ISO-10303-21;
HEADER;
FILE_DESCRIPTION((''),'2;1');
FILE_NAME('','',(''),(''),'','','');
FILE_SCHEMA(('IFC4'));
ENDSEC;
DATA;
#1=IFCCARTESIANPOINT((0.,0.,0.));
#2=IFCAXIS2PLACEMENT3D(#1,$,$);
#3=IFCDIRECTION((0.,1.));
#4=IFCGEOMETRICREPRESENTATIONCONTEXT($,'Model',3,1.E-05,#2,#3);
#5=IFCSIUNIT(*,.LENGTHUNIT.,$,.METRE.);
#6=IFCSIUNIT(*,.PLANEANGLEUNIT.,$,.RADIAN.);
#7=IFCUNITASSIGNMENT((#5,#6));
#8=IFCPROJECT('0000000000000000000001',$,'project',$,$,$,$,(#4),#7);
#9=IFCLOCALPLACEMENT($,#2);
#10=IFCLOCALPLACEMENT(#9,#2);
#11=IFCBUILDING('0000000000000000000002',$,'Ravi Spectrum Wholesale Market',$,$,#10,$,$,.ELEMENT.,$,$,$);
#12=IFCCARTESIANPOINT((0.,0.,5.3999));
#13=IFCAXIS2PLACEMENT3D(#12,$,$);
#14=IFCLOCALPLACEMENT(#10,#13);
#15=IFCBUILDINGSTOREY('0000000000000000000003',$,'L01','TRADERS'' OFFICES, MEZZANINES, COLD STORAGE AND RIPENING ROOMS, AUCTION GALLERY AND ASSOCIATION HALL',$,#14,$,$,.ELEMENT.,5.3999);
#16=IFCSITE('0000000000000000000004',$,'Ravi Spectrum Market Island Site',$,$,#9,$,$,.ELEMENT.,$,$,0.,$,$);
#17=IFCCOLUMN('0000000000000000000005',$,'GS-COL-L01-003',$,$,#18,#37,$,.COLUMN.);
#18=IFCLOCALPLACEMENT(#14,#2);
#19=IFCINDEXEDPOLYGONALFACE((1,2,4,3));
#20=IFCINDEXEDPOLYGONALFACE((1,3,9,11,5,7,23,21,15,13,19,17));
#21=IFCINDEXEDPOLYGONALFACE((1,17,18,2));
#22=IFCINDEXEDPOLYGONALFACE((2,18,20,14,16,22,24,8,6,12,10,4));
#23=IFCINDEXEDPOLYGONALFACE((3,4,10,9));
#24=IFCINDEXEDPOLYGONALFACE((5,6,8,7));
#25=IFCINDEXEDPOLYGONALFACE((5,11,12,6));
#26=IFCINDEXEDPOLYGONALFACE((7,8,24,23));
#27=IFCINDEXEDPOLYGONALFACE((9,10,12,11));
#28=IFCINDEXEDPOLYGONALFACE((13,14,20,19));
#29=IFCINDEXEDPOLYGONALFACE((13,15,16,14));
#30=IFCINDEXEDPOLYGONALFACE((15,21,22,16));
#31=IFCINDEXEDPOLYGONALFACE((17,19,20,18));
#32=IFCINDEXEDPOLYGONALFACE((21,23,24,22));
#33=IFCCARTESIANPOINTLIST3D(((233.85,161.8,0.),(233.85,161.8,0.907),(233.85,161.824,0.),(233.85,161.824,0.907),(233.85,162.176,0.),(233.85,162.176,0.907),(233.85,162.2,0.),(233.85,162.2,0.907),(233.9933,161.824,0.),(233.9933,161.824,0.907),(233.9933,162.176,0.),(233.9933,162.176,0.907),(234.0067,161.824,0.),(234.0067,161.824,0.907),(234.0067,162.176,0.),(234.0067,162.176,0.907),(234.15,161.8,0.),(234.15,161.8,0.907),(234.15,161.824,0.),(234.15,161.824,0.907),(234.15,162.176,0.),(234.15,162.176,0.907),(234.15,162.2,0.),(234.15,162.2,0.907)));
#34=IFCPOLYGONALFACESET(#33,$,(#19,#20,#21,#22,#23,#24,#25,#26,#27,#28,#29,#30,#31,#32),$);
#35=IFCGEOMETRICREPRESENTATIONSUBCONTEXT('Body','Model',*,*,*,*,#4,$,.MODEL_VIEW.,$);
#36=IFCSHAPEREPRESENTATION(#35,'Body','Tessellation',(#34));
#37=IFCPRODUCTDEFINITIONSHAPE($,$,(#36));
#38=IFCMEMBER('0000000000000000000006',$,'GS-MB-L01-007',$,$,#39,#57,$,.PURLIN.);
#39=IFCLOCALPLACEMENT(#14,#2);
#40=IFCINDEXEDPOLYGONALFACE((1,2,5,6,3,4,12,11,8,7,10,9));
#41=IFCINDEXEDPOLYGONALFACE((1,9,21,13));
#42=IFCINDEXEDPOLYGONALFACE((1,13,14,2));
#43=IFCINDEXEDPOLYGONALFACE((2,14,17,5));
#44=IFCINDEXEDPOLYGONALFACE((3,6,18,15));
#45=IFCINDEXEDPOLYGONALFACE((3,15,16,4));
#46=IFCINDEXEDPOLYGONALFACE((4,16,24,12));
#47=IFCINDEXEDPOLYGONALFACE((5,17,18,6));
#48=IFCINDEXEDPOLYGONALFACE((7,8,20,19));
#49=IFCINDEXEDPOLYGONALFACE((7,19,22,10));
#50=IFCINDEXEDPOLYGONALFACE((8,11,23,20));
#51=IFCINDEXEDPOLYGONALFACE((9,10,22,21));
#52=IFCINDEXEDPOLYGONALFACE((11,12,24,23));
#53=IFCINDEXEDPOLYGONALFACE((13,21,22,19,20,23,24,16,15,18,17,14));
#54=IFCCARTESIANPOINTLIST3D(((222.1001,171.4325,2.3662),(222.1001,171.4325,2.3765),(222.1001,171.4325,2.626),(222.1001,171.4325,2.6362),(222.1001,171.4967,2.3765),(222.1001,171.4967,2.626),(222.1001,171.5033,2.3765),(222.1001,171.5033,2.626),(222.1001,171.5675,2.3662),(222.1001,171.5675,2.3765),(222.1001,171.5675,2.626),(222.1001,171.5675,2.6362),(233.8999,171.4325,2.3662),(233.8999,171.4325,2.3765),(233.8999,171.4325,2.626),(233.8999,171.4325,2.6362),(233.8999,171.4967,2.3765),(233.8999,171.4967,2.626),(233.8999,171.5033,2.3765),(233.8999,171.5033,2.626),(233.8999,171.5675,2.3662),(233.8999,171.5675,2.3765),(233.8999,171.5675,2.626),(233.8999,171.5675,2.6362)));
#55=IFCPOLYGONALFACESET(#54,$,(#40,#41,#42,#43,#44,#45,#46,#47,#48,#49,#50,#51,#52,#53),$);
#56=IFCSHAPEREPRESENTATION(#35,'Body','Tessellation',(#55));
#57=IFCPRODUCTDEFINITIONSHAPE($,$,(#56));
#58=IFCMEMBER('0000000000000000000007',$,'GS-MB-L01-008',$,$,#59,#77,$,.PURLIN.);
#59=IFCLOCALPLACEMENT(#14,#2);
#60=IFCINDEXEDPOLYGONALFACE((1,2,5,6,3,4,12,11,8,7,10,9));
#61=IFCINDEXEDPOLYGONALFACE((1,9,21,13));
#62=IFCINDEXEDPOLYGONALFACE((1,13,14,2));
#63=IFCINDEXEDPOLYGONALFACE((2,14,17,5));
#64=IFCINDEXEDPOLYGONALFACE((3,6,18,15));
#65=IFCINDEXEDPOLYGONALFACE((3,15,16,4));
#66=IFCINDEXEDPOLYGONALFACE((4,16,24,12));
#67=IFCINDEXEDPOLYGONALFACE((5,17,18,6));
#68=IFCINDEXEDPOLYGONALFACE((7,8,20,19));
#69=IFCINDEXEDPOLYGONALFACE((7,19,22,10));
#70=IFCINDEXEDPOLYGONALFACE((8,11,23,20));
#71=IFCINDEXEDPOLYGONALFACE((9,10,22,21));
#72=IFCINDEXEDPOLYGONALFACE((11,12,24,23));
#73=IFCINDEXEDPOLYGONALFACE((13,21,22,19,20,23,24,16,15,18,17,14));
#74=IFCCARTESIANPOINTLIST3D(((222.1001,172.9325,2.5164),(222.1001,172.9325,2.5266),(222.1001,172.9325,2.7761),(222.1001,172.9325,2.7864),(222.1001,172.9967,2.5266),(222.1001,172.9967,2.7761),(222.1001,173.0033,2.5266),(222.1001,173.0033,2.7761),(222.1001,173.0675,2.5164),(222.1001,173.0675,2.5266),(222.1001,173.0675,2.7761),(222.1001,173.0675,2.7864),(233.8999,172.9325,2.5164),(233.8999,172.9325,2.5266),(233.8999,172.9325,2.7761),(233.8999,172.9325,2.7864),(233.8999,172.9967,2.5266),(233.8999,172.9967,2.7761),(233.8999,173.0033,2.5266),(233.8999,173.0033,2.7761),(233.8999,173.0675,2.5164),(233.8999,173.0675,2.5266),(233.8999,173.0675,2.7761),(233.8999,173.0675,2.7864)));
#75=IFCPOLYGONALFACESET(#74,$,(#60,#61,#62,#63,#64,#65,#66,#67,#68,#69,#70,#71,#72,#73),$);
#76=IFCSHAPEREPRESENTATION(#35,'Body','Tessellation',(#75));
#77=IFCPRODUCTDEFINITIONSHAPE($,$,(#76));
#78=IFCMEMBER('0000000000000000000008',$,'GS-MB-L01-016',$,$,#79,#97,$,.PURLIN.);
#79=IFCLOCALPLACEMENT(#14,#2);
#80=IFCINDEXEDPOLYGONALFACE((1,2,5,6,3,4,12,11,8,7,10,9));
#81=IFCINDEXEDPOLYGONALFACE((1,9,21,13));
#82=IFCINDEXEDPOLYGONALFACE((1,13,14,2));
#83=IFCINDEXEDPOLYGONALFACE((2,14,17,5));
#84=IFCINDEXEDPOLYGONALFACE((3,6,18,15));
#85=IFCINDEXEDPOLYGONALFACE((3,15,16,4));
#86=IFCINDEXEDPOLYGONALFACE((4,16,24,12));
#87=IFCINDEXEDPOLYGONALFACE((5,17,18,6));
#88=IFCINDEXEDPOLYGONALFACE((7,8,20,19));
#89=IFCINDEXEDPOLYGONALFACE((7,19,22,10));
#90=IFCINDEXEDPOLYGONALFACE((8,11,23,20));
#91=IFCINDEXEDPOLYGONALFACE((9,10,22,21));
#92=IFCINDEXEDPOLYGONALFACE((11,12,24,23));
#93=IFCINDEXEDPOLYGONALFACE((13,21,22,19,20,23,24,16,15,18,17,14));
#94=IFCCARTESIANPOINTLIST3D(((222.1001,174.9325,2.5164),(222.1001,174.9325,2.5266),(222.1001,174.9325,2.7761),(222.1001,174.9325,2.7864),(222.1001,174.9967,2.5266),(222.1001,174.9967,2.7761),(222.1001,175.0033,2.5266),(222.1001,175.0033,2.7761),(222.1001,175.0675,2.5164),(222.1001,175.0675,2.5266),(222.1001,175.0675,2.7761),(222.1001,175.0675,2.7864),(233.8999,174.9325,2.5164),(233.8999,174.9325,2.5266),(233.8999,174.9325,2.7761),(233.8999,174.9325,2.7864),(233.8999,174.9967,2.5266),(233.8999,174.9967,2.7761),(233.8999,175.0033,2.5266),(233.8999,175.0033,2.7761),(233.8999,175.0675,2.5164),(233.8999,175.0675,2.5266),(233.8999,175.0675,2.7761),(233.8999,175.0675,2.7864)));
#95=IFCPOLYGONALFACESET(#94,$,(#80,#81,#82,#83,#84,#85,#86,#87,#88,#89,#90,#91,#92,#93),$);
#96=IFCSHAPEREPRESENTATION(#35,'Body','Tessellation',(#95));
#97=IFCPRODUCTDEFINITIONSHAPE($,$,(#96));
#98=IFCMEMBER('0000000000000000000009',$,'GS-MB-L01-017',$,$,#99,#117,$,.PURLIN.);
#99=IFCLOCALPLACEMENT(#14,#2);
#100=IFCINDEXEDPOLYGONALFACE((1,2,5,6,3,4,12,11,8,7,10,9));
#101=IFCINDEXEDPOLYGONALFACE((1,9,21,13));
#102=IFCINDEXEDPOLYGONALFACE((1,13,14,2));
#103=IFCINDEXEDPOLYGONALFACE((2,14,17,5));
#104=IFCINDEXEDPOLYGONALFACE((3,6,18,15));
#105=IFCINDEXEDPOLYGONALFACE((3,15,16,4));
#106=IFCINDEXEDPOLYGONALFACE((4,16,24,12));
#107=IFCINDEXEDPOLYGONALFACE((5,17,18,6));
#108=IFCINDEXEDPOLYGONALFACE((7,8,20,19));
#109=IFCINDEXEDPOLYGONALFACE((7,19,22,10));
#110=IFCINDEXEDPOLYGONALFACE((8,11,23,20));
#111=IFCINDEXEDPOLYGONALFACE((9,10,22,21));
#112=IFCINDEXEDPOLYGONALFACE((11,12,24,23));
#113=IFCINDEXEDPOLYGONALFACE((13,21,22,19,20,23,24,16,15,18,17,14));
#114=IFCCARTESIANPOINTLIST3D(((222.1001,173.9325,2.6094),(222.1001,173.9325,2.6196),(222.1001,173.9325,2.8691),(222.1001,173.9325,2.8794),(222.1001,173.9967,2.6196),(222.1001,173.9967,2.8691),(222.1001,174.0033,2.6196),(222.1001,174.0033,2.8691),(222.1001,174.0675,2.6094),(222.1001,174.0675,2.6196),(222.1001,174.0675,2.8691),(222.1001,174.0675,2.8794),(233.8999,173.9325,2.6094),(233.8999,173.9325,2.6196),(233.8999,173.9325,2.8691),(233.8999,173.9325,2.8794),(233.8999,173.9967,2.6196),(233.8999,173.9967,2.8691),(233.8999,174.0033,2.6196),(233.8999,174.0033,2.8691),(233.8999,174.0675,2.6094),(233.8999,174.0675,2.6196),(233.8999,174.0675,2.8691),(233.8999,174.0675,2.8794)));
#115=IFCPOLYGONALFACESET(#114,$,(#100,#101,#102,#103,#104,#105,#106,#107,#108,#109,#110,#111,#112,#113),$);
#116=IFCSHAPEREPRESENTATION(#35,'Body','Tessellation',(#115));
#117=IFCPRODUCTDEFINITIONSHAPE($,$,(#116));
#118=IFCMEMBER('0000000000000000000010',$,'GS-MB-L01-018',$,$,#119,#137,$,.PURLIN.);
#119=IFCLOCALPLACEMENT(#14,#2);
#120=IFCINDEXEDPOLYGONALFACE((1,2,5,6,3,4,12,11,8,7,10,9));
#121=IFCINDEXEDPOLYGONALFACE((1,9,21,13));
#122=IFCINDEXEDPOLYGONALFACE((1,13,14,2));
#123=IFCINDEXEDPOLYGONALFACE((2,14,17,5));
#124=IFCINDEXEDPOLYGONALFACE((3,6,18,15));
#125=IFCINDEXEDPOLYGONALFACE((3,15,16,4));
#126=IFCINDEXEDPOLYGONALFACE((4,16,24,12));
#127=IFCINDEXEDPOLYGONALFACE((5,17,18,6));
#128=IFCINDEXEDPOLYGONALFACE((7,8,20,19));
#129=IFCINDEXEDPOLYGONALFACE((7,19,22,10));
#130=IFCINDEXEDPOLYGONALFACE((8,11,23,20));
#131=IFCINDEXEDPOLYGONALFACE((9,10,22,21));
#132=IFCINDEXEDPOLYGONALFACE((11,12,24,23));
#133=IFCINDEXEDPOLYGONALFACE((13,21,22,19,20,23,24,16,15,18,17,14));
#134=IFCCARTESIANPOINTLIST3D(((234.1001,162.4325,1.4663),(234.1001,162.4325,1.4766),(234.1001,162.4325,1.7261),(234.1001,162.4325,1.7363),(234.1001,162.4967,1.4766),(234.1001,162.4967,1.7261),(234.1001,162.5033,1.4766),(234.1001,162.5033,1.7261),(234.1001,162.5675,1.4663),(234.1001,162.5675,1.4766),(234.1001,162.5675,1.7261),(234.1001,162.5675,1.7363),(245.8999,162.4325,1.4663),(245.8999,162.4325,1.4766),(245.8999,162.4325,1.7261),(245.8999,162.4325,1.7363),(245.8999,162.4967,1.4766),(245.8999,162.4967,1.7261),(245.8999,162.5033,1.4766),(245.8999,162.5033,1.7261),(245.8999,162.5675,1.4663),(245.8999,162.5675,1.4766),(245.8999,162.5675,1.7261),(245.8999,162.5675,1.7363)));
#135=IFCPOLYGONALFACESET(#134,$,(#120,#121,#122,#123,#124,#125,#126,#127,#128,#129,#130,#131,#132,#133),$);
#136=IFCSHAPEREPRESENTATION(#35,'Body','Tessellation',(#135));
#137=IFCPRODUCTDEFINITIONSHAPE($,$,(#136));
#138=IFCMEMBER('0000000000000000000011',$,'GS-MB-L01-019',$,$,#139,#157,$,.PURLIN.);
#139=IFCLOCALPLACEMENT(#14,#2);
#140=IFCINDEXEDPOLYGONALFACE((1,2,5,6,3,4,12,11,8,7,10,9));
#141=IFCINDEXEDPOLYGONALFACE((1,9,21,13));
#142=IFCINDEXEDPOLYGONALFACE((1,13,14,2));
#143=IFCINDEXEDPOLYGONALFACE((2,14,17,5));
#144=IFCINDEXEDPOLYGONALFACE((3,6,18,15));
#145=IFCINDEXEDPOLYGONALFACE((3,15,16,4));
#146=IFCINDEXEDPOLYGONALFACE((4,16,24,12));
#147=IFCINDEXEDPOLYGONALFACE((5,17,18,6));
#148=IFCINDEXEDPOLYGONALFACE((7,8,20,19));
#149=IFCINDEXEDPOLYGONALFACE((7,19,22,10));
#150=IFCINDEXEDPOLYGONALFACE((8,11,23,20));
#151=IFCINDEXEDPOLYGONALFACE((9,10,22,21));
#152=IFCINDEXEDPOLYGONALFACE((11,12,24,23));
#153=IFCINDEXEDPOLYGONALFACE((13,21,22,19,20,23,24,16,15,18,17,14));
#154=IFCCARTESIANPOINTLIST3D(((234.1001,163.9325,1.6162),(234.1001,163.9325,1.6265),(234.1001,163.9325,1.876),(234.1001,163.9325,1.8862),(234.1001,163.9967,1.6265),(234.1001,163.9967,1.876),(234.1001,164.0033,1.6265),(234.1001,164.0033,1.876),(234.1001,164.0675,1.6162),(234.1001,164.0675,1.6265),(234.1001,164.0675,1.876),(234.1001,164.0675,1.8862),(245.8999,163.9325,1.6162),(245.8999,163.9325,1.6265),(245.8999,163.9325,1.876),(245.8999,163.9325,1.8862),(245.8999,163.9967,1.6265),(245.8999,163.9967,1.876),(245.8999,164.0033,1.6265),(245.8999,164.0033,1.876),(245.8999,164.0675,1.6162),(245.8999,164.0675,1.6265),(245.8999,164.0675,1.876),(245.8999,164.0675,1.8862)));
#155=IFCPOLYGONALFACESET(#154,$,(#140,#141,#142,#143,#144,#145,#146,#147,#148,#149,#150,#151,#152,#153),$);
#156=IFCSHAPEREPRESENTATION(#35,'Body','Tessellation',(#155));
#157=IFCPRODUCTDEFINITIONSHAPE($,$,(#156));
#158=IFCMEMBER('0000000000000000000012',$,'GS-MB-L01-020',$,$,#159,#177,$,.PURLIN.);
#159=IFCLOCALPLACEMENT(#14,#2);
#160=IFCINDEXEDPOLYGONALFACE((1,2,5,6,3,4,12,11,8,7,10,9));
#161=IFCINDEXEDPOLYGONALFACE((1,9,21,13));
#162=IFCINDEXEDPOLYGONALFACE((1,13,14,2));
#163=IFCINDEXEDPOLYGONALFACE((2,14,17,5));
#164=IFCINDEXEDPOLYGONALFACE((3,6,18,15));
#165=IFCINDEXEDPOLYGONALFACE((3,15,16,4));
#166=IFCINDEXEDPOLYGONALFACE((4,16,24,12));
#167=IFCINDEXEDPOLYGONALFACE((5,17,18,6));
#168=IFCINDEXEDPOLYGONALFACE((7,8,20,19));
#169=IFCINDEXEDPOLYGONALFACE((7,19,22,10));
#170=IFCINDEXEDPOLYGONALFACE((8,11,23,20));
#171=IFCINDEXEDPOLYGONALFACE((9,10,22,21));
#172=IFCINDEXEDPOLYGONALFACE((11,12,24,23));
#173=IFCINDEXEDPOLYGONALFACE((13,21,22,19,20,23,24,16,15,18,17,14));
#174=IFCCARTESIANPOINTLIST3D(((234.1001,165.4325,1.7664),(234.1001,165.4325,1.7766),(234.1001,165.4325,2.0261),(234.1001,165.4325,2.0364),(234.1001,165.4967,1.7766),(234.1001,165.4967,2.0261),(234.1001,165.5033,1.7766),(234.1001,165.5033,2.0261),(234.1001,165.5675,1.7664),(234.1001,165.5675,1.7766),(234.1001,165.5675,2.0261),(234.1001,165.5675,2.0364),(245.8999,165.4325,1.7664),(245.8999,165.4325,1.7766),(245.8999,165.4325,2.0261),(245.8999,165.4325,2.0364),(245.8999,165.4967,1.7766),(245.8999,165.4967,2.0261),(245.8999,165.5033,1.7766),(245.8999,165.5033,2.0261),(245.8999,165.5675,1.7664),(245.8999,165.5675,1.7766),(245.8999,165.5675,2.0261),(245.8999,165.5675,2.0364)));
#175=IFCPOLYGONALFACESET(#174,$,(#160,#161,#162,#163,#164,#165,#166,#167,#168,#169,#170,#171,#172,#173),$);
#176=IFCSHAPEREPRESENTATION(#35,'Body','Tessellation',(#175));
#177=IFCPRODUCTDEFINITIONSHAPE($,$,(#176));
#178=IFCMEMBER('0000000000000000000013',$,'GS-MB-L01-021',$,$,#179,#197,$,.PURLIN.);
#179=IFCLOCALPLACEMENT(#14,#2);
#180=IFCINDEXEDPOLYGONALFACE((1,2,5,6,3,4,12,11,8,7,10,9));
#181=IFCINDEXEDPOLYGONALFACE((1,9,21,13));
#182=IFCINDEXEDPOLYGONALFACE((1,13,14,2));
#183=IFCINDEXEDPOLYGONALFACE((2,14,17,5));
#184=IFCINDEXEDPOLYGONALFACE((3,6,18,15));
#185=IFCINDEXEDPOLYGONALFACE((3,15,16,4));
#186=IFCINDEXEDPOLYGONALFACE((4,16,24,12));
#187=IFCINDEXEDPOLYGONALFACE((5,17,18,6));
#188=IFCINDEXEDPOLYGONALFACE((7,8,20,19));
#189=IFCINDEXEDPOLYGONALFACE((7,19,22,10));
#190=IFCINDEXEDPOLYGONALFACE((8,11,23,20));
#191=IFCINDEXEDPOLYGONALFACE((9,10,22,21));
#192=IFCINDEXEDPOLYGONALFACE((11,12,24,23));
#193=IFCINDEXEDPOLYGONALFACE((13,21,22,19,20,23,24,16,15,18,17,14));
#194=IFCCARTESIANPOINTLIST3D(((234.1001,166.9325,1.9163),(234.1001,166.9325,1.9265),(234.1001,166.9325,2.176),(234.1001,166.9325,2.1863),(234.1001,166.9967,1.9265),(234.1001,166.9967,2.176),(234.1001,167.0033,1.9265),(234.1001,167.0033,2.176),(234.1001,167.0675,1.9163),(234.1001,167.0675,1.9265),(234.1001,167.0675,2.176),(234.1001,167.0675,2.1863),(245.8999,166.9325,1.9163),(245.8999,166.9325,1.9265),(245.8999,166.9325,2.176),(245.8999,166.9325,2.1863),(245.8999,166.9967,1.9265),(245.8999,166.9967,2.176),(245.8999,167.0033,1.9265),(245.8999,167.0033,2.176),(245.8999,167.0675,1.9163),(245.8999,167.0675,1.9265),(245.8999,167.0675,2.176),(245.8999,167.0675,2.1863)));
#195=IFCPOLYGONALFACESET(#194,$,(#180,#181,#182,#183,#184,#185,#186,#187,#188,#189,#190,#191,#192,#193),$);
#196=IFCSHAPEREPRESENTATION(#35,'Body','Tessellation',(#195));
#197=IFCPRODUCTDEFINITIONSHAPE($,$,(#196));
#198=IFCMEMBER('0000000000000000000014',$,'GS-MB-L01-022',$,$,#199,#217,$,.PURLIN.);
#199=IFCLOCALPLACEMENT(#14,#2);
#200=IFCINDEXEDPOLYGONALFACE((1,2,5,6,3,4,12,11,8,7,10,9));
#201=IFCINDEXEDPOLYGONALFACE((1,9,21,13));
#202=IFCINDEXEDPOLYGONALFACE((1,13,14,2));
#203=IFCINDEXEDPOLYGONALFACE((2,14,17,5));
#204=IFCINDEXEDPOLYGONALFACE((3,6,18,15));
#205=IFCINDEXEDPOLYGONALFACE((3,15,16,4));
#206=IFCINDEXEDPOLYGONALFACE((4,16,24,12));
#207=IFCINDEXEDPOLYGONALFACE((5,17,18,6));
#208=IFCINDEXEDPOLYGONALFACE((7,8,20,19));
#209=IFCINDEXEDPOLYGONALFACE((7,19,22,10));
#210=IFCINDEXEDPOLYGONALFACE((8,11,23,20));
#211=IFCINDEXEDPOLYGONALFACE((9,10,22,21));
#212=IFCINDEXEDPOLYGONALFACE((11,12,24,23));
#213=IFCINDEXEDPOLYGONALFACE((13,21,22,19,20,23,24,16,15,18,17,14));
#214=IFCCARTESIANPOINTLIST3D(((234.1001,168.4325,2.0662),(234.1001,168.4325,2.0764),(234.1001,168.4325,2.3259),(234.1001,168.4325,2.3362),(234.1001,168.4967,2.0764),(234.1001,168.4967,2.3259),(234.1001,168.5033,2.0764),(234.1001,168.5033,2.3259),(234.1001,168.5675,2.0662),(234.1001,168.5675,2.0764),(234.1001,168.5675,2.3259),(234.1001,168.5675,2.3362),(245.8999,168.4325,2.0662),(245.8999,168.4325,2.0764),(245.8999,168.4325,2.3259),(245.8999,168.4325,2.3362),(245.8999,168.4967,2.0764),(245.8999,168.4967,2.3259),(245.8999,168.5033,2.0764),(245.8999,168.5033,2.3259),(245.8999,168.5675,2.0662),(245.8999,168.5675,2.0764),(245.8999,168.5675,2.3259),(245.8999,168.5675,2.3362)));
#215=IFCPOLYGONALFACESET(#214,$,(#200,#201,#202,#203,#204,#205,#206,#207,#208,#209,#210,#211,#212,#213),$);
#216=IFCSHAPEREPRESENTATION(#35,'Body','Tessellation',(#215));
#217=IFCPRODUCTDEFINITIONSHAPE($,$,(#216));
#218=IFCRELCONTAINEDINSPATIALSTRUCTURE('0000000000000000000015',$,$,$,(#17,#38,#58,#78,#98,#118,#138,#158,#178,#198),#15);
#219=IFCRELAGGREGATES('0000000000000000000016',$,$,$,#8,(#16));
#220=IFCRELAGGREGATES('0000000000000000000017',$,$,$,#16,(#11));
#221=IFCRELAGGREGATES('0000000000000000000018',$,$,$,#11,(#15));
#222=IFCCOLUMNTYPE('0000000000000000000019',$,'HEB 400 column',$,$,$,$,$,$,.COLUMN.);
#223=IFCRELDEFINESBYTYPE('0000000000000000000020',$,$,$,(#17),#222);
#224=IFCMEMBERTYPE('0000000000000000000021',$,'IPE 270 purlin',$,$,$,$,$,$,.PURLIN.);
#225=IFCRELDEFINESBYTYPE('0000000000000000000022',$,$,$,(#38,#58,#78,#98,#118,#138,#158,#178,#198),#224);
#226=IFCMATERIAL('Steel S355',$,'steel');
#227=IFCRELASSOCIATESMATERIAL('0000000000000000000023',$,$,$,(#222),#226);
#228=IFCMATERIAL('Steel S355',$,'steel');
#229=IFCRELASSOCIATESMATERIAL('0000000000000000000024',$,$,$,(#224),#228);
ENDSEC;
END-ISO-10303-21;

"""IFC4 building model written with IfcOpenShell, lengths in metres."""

from ifc_helpers import new_model, si_unit, direction, frame, origin, origin_2d, place, context, subcontext, project, spatial, i_section, extrude, material, material_profile, profile_set, type_object, element, save


model = new_model("IFC4")

# Units and contexts
model_context = context("Model", 3, precision=1e-05, world=origin(), true_north=direction((0.0, 1.0)))
body_context = subcontext(model_context, "Body", "Model", "MODEL_VIEW")
ifc_project = project(units=[si_unit("LENGTHUNIT", "METRE"), si_unit("PLANEANGLEUNIT", "RADIAN")], contexts=[model_context])

# Site, building, storey
site_placement = place(None, origin())
site = spatial("IfcSite", under=ifc_project, at=site_placement, Name="Ravi Spectrum Market Island Site", CompositionType="ELEMENT", RefElevation=0.0)
building_placement = place(site_placement, origin())
building = spatial("IfcBuilding", under=site, at=building_placement, Name="Ravi Spectrum Wholesale Market", CompositionType="ELEMENT")
storey_placement = place(building_placement, frame((0.0, 0.0, 5.3999)))
storey = spatial("IfcBuildingStorey", under=building, at=storey_placement, Name="L01", Description="TRADERS' OFFICES, MEZZANINES, COLD STORAGE AND RIPENING ROOMS, AUCTION GALLERY AND ASSOCIATION HALL", CompositionType="ELEMENT", Elevation=5.3999)

# Column
ifc_material_1 = material(Name="Steel S355", Category="steel")
ifc_material_profile_1 = material_profile(ifc_material_1, i_section(OverallWidth=0.3, OverallDepth=0.3999, WebThickness=0.0134, FlangeThickness=0.0239, at=origin_2d()))
ifc_profile_set_1 = profile_set([ifc_material_profile_1], Name="Steel S355")
column_type = type_object("IfcColumnType", Name="HEB 400 column", PredefinedType="COLUMN", material=ifc_profile_set_1)
column_placement = place(storey_placement, frame((234.0, 162.0, 0.0), z_axis=(0.0, 0.0, 1.0), x_axis=(1.0, 0.0, 0.0)))
element("IfcColumn", 1, at=column_placement, inside=storey, type_object=column_type, Name="GS-COL-L01-003", PredefinedType="COLUMN", context=body_context, shape_type="SweptSolid", body=[
    extrude(i_section(OverallWidth=0.3, OverallDepth=0.3999, WebThickness=0.0134, FlangeThickness=0.0239, at=origin_2d()), origin(), (0.0, 0.0, 1.0), 0.907),
])

# Members
ifc_material_2 = material(Name="Steel S355", Category="steel")
ifc_material_profile_2 = material_profile(ifc_material_2, i_section(OverallWidth=0.135, OverallDepth=0.27, WebThickness=0.0066, FlangeThickness=0.0103, at=origin_2d()))
ifc_profile_set_2 = profile_set([ifc_material_profile_2], Name="Steel S355")
member_type = type_object("IfcMemberType", Name="IPE 270 purlin", PredefinedType="PURLIN", material=ifc_profile_set_2)
for number, where, z_axis, x_axis, name in (
    (2, (222.1001, 171.5, 2.5012), (1.0, 0.0, 0.0), (0.0, 1.0, 0.0), "GS-MB-L01-007"),
    (3, (222.1001, 173.0, 2.6514), (1.0, 0.0, 0.0), (0.0, 1.0, 0.0), "GS-MB-L01-008"),
    (4, (222.1001, 175.0, 2.6514), (1.0, 0.0, 0.0), (0.0, 1.0, 0.0), "GS-MB-L01-016"),
    (5, (222.1001, 174.0, 2.7444), (1.0, 0.0, 0.0), (0.0, 1.0, 0.0), "GS-MB-L01-017"),
    (6, (234.1001, 162.5, 1.6013), (1.0, 0.0, 0.0), (0.0, 1.0, 0.0), "GS-MB-L01-018"),
    (7, (234.1001, 164.0, 1.7512), (1.0, 0.0, 0.0), (0.0, 1.0, 0.0), "GS-MB-L01-019"),
    (8, (234.1001, 165.5, 1.9014), (1.0, 0.0, 0.0), (0.0, 1.0, 0.0), "GS-MB-L01-020"),
    (9, (234.1001, 167.0, 2.0513), (1.0, 0.0, 0.0), (0.0, 1.0, 0.0), "GS-MB-L01-021"),
    (10, (234.1001, 168.5, 2.2012), (1.0, 0.0, 0.0), (0.0, 1.0, 0.0), "GS-MB-L01-022"),
):
    element("IfcMember", number, at=place(storey_placement, frame(where, z_axis=z_axis, x_axis=x_axis)), inside=storey, type_object=member_type, Name=name, PredefinedType="PURLIN", context=body_context, shape_type="SweptSolid", body=[
        extrude(i_section(OverallWidth=0.135, OverallDepth=0.27, WebThickness=0.0066, FlangeThickness=0.0103, at=origin_2d()), origin(), (0.0, 0.0, 1.0), 11.7998),
    ])

save(model, "model.ifc")
